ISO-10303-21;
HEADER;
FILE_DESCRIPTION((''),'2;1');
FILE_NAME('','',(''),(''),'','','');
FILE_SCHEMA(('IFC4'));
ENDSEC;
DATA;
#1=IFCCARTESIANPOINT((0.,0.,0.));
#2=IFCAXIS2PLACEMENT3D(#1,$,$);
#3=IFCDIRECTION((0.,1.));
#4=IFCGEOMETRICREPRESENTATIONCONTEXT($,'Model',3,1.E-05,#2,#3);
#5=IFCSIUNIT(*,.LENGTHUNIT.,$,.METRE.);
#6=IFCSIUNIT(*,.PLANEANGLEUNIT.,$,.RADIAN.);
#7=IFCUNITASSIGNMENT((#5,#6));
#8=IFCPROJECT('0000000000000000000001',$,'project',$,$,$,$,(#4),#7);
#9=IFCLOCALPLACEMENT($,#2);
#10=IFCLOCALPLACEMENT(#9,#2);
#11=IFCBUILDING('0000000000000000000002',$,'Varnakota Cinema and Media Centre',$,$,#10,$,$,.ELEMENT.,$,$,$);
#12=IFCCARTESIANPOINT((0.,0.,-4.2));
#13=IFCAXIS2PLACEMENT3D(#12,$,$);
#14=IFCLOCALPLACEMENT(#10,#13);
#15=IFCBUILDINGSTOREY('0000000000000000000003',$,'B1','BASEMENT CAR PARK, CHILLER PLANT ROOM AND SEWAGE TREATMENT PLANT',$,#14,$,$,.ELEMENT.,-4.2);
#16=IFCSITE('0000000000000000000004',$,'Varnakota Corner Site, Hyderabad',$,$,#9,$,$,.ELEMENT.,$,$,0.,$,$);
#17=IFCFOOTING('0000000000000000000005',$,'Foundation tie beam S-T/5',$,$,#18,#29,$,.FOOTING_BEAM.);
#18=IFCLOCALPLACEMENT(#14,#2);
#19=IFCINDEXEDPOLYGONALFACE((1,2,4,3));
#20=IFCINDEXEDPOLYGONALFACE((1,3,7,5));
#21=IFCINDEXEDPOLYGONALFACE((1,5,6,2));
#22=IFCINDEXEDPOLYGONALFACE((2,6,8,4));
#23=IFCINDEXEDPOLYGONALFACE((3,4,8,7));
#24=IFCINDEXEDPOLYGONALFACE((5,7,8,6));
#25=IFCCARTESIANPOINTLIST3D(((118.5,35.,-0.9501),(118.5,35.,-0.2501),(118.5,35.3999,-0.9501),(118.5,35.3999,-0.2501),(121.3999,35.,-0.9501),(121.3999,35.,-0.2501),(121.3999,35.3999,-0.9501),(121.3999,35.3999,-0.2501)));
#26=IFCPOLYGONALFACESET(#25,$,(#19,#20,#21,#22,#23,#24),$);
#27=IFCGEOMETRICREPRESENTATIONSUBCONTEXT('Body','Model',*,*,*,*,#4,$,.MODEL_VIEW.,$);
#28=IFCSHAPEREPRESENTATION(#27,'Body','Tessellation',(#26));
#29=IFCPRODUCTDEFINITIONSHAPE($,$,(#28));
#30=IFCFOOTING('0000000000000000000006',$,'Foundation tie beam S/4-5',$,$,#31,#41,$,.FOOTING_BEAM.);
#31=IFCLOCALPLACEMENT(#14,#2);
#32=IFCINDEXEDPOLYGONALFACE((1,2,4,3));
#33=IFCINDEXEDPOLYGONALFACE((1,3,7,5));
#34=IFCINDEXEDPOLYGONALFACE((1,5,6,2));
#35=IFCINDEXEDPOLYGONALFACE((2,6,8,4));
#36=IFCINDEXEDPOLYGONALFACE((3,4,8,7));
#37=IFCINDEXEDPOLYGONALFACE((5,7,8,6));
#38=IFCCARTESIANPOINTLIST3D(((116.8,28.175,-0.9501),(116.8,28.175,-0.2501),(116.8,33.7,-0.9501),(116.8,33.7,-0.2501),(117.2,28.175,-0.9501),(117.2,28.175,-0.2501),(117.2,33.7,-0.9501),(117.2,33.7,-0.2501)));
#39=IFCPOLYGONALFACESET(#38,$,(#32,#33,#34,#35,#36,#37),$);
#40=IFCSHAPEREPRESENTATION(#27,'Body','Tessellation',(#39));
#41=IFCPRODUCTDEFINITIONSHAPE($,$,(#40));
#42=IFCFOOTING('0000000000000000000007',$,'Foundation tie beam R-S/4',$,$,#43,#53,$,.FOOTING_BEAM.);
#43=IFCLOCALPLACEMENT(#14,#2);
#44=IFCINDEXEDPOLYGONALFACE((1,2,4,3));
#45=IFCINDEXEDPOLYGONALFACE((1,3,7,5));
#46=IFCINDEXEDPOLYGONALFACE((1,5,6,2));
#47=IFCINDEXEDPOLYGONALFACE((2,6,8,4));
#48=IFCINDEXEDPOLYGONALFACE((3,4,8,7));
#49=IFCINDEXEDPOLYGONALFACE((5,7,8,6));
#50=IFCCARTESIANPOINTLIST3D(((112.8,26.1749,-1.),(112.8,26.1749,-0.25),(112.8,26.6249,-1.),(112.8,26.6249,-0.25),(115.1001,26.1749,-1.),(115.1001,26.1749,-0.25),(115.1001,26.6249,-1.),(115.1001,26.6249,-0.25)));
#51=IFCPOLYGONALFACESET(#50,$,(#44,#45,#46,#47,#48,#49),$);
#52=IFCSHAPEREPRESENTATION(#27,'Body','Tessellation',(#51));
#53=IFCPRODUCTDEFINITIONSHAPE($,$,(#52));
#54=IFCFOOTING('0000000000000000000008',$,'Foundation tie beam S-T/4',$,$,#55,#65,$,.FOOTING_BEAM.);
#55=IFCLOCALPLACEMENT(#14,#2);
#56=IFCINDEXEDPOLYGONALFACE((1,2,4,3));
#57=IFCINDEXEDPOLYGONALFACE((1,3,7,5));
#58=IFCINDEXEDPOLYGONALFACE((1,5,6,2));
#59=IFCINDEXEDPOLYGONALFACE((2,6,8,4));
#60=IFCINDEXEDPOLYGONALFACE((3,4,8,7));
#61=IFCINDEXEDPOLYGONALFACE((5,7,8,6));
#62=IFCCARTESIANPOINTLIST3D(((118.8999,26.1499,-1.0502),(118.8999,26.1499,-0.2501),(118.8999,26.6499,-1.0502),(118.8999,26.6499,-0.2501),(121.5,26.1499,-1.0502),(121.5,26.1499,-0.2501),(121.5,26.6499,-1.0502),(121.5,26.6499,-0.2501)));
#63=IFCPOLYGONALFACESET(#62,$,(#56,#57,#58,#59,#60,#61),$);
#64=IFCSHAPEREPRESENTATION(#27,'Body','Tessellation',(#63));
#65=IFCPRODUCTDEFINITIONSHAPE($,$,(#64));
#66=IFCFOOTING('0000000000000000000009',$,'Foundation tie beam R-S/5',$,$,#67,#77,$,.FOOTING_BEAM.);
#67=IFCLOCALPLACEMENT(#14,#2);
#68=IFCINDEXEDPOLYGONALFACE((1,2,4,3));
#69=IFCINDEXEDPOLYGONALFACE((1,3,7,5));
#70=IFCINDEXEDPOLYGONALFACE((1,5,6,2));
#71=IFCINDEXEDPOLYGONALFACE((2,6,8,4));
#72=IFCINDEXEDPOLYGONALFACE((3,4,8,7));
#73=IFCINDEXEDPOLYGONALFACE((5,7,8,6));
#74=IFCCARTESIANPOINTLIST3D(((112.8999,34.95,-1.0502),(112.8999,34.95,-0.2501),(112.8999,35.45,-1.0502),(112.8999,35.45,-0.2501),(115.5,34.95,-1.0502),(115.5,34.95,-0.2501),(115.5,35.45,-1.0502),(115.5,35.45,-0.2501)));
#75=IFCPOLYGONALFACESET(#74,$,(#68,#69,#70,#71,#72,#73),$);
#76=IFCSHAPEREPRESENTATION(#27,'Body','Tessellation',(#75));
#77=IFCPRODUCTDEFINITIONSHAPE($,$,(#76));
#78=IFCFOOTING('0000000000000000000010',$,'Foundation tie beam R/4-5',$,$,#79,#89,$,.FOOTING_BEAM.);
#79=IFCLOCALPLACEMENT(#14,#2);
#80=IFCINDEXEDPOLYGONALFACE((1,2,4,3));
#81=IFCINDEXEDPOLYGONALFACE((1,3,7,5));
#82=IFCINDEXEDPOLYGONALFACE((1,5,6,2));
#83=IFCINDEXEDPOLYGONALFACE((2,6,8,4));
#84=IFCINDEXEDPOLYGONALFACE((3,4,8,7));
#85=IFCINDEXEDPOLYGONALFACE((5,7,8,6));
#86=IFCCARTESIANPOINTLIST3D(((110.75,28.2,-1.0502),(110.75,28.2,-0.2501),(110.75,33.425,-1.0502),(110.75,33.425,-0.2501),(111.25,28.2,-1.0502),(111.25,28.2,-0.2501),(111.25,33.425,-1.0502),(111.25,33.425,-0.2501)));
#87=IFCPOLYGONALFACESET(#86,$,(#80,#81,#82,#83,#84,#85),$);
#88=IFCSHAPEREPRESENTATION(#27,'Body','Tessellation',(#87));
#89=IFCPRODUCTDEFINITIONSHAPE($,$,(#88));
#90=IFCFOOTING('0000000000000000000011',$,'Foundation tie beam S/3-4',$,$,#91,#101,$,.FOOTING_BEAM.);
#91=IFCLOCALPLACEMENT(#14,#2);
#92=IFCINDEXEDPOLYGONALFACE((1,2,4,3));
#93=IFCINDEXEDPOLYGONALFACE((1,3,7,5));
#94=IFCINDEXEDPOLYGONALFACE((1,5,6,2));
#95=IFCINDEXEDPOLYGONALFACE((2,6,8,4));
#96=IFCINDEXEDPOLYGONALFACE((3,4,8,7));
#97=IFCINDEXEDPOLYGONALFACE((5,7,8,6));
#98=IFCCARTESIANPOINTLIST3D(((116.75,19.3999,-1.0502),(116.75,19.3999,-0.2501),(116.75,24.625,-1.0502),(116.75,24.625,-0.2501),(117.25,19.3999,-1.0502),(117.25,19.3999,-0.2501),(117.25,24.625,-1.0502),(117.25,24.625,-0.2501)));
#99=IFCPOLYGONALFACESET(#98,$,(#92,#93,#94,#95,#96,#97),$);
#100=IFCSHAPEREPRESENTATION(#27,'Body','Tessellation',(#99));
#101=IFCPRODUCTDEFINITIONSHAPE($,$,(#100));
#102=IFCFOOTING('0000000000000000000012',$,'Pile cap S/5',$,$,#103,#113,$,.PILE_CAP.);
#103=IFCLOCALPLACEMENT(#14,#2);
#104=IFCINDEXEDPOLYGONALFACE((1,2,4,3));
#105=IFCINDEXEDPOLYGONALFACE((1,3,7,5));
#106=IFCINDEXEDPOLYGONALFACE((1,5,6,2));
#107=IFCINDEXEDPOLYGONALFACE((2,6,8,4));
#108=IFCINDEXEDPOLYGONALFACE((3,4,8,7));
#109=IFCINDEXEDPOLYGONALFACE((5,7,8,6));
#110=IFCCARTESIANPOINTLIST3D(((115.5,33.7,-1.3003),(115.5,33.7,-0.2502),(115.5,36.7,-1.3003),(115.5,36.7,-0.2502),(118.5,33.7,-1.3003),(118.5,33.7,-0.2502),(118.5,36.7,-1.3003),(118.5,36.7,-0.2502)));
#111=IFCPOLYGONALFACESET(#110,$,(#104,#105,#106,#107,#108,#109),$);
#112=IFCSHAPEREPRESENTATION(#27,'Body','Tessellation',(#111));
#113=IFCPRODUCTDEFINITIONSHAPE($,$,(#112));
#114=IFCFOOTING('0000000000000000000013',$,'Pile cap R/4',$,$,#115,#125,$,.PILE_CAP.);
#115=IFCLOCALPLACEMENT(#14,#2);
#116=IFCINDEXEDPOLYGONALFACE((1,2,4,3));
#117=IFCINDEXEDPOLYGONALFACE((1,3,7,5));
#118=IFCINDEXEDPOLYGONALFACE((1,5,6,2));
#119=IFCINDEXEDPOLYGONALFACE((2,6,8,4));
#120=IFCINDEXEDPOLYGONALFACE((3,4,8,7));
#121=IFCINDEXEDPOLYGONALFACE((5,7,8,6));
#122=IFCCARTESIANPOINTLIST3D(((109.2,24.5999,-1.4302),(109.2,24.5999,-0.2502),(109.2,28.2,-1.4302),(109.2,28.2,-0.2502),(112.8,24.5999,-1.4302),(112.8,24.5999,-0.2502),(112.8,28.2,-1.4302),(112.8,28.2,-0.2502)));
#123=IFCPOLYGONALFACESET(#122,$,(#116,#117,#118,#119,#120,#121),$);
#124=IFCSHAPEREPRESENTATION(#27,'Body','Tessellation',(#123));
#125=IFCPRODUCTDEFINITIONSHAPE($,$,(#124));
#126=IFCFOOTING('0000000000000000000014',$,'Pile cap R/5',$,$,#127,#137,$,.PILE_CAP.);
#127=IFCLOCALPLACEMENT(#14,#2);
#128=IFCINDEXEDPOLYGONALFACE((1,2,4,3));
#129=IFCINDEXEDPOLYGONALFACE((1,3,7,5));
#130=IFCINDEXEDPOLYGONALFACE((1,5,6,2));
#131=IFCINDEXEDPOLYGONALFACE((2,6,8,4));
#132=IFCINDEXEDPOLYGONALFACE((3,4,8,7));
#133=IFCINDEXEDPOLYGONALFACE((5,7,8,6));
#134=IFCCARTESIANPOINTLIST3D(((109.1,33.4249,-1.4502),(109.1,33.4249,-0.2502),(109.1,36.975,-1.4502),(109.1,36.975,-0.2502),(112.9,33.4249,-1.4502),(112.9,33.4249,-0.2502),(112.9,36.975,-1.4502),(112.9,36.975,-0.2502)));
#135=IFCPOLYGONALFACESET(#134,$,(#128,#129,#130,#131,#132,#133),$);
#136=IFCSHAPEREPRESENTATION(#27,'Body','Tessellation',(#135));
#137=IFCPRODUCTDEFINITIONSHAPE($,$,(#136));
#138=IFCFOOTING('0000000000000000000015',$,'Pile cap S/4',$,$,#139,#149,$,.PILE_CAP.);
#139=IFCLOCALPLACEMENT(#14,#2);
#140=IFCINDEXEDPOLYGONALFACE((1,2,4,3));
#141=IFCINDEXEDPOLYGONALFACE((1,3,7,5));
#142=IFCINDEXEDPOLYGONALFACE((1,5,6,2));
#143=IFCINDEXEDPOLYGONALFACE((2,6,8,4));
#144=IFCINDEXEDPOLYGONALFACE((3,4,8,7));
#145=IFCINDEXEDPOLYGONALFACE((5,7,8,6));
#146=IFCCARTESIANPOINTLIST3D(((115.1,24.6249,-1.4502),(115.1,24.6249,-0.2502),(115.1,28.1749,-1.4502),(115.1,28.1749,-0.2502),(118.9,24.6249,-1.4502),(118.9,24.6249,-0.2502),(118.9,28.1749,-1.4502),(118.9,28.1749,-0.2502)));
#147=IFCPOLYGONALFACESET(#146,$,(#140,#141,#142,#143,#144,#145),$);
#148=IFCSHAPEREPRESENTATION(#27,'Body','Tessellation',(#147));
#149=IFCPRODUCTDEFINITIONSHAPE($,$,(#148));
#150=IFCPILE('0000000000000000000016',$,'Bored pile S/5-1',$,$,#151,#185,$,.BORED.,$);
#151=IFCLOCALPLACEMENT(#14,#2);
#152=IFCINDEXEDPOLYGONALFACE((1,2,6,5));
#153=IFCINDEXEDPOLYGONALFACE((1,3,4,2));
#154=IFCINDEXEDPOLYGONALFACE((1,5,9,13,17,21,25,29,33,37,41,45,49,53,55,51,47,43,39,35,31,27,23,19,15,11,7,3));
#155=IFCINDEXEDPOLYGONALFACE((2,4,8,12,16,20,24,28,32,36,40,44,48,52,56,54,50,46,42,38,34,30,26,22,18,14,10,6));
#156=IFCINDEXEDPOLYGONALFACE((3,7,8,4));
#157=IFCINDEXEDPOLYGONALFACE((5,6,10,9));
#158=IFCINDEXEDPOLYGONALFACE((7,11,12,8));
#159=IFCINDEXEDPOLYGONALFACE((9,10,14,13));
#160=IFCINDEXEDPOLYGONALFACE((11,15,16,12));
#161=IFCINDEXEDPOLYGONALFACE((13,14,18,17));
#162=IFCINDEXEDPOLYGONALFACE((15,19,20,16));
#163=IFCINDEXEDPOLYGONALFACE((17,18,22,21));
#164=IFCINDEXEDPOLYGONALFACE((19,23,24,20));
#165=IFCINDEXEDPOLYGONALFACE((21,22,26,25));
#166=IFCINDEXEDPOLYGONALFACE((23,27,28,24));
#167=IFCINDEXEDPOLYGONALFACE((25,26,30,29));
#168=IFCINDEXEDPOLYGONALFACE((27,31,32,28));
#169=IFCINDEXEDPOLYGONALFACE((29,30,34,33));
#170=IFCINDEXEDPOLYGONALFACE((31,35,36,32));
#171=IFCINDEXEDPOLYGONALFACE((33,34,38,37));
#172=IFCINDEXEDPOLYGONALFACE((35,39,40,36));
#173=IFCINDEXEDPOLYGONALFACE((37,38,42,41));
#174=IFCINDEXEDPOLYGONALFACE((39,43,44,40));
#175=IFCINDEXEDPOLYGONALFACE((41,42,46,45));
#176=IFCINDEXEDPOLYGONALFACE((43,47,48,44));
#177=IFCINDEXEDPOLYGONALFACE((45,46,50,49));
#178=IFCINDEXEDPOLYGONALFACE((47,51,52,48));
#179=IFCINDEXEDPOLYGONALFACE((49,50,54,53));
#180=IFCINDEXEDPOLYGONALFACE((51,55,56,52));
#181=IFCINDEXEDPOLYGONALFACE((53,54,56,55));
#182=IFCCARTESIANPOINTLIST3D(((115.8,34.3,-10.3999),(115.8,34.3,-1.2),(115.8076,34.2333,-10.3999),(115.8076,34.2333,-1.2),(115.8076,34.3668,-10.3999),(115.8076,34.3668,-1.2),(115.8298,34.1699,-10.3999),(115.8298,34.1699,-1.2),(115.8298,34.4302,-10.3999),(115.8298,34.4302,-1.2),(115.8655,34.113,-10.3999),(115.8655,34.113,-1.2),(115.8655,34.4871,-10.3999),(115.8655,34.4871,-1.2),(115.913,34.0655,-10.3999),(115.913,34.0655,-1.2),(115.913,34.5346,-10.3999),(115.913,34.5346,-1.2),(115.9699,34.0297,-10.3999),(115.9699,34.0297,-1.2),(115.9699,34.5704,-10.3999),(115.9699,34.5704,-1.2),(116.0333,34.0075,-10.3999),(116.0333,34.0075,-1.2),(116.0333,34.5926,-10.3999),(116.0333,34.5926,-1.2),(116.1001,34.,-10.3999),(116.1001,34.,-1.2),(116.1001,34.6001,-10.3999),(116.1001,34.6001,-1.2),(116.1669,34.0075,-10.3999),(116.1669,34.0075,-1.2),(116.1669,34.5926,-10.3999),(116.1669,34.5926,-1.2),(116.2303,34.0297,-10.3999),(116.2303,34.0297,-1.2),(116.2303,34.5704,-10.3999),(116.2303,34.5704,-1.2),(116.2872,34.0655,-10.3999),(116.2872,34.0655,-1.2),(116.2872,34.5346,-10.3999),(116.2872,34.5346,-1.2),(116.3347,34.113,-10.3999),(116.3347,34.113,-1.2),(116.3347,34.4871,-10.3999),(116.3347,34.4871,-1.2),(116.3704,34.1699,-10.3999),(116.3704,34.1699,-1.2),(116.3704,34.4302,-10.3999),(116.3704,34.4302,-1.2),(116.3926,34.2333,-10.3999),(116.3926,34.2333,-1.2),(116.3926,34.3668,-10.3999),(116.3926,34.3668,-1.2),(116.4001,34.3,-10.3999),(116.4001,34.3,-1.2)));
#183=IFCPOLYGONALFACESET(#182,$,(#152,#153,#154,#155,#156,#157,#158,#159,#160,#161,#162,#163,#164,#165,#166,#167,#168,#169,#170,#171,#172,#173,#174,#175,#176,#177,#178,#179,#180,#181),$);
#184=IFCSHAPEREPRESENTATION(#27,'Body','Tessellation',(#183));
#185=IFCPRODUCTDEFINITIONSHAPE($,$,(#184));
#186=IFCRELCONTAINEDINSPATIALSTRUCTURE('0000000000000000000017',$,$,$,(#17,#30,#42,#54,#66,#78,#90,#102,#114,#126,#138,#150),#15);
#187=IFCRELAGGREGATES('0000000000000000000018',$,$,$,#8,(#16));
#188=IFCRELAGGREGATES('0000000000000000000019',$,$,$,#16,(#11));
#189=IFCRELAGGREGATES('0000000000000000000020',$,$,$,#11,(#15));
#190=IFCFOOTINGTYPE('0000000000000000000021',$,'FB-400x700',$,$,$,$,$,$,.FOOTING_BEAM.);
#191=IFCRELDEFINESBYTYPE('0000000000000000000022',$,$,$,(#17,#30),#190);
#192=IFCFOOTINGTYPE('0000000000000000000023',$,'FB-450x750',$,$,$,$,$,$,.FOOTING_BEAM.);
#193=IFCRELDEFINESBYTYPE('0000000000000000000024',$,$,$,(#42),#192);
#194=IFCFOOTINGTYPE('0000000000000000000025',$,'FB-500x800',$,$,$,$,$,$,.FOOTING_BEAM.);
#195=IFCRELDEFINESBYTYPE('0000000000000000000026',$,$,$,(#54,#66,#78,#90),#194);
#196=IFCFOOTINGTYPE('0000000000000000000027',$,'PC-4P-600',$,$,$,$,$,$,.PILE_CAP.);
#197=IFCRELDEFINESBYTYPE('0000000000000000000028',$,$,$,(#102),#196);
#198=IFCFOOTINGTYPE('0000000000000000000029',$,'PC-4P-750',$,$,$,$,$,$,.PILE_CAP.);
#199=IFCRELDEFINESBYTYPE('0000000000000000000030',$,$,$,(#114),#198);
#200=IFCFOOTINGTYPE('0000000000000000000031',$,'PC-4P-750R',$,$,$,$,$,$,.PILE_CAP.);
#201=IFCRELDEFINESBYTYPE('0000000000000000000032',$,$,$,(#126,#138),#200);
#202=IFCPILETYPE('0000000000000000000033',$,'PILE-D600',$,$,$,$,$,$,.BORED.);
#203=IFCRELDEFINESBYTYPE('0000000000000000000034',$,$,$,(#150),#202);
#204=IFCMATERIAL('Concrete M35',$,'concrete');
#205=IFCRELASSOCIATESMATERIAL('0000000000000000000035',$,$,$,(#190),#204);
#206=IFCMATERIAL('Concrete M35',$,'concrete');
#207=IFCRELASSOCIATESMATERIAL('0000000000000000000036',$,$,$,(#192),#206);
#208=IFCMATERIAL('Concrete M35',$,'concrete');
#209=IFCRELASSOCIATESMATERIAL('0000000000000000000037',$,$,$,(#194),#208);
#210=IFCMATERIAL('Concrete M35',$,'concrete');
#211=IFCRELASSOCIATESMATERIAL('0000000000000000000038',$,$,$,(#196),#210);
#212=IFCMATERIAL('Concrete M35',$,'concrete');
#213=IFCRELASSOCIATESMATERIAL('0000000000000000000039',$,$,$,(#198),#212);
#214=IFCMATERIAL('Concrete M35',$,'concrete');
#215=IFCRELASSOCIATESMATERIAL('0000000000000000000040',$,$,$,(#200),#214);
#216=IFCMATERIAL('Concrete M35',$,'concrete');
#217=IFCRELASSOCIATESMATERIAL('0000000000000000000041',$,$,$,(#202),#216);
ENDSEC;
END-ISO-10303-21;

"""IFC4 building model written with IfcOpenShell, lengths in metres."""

from ifc_helpers import new_model, si_unit, direction, frame, origin, origin_2d, place, context, subcontext, project, spatial, rectangle, circle, extrude, material, material_profile, profile_set, type_object, element, save


model = new_model("IFC4")

# Units and contexts
model_context = context("Model", 3, precision=1e-05, world=origin(), true_north=direction((0.0, 1.0)))
body_context = subcontext(model_context, "Body", "Model", "MODEL_VIEW")
ifc_project = project(units=[si_unit("LENGTHUNIT", "METRE"), si_unit("PLANEANGLEUNIT", "RADIAN")], contexts=[model_context])

# Site, building, storey
site_placement = place(None, origin())
site = spatial("IfcSite", under=ifc_project, at=site_placement, Name="Varnakota Corner Site, Hyderabad", CompositionType="ELEMENT", RefElevation=0.0)
building_placement = place(site_placement, origin())
building = spatial("IfcBuilding", under=site, at=building_placement, Name="Varnakota Cinema and Media Centre", CompositionType="ELEMENT")
storey_placement = place(building_placement, frame((0.0, 0.0, -4.2)))
storey = spatial("IfcBuildingStorey", under=building, at=storey_placement, Name="B1", Description="BASEMENT CAR PARK, CHILLER PLANT ROOM AND SEWAGE TREATMENT PLANT", CompositionType="ELEMENT", Elevation=-4.2)

# Footings
ifc_material_1 = material(Name="Concrete M35", Category="concrete")
ifc_material_profile_1 = material_profile(ifc_material_1, rectangle(XDim=0.3999, YDim=0.7, at=origin_2d()), Name="FB 400x700")
ifc_profile_set_1 = profile_set([ifc_material_profile_1], Name="Concrete M35")
footing_type_1 = type_object("IfcFootingType", Name="FB-400x700", PredefinedType="FOOTING_BEAM", material=ifc_profile_set_1)
footing_1_placement = place(storey_placement, frame((118.5, 35.2, -0.6001), z_axis=(1.0, 0.0, 0.0), x_axis=(0.0, 1.0, 0.0)))
element("IfcFooting", 1, at=footing_1_placement, inside=storey, type_object=footing_type_1, Name="Foundation tie beam S-T/5", PredefinedType="FOOTING_BEAM", context=body_context, shape_type="SweptSolid", body=[
    extrude(rectangle(XDim=0.3999, YDim=0.7, at=origin_2d()), origin(), (0.0, 0.0, 1.0), 2.8999),
])
footing_2_placement = place(storey_placement, frame((117.0, 28.175, -0.6001), z_axis=(0.0, 1.0, 0.0), x_axis=(-1.0, 0.0, 0.0)))
element("IfcFooting", 2, at=footing_2_placement, inside=storey, type_object=footing_type_1, Name="Foundation tie beam S/4-5", PredefinedType="FOOTING_BEAM", context=body_context, shape_type="SweptSolid", body=[
    extrude(rectangle(XDim=0.3999, YDim=0.7, at=origin_2d()), origin(), (0.0, 0.0, 1.0), 5.5249),
])
ifc_material_2 = material(Name="Concrete M35", Category="concrete")
ifc_material_profile_2 = material_profile(ifc_material_2, rectangle(XDim=0.45, YDim=0.75, at=origin_2d()), Name="FB 450x750")
ifc_profile_set_2 = profile_set([ifc_material_profile_2], Name="Concrete M35")
footing_type_2 = type_object("IfcFootingType", Name="FB-450x750", PredefinedType="FOOTING_BEAM", material=ifc_profile_set_2)
footing_3_placement = place(storey_placement, frame((112.8, 26.3999, -0.625), z_axis=(1.0, 0.0, 0.0), x_axis=(0.0, 1.0, 0.0)))
element("IfcFooting", 3, at=footing_3_placement, inside=storey, type_object=footing_type_2, Name="Foundation tie beam R-S/4", PredefinedType="FOOTING_BEAM", context=body_context, shape_type="SweptSolid", body=[
    extrude(rectangle(XDim=0.45, YDim=0.75, at=origin_2d()), origin(), (0.0, 0.0, 1.0), 2.3),
])
ifc_material_3 = material(Name="Concrete M35", Category="concrete")
ifc_material_profile_3 = material_profile(ifc_material_3, rectangle(XDim=0.5, YDim=0.8, at=origin_2d()), Name="FB 500x800")
ifc_profile_set_3 = profile_set([ifc_material_profile_3], Name="Concrete M35")
footing_type_3 = type_object("IfcFootingType", Name="FB-500x800", PredefinedType="FOOTING_BEAM", material=ifc_profile_set_3)
for number, where, z_axis, x_axis, name in (
    (4, (118.8999, 26.3999, -0.6501), (1.0, 0.0, 0.0), (0.0, 1.0, 0.0), "Foundation tie beam S-T/4"),
    (5, (112.8999, 35.2, -0.6501), (1.0, 0.0, 0.0), (0.0, 1.0, 0.0), "Foundation tie beam R-S/5"),
):
    element("IfcFooting", number, at=place(storey_placement, frame(where, z_axis=z_axis, x_axis=x_axis)), inside=storey, type_object=footing_type_3, Name=name, PredefinedType="FOOTING_BEAM", context=body_context, shape_type="SweptSolid", body=[
        extrude(rectangle(XDim=0.5, YDim=0.8, at=origin_2d()), origin(), (0.0, 0.0, 1.0), 2.6001),
    ])
for number, where, z_axis, x_axis, name in (
    (6, (111.0, 28.2, -0.6501), (0.0, 1.0, 0.0), (-1.0, 0.0, 0.0), "Foundation tie beam R/4-5"),
    (7, (117.0, 19.3999, -0.6501), (0.0, 1.0, 0.0), (-1.0, 0.0, 0.0), "Foundation tie beam S/3-4"),
):
    element("IfcFooting", number, at=place(storey_placement, frame(where, z_axis=z_axis, x_axis=x_axis)), inside=storey, type_object=footing_type_3, Name=name, PredefinedType="FOOTING_BEAM", context=body_context, shape_type="SweptSolid", body=[
        extrude(rectangle(XDim=0.5, YDim=0.8, at=origin_2d()), origin(), (0.0, 0.0, 1.0), 5.2251),
    ])
ifc_material_4 = material(Name="Concrete M35", Category="concrete")
footing_type_4 = type_object("IfcFootingType", Name="PC-4P-600", PredefinedType="PILE_CAP", material=ifc_material_4)
footing_4_placement = place(storey_placement, frame((117.0, 35.2, -1.3003), z_axis=(0.0, 0.0, 1.0), x_axis=(1.0, 0.0, 0.0)))
element("IfcFooting", 8, at=footing_4_placement, inside=storey, type_object=footing_type_4, Name="Pile cap S/5", PredefinedType="PILE_CAP", context=body_context, shape_type="SweptSolid", body=[
    extrude(rectangle(XDim=3.0, YDim=3.0, at=origin_2d()), origin(), (0.0, 0.0, 1.0), 1.05),
])
ifc_material_5 = material(Name="Concrete M35", Category="concrete")
footing_type_5 = type_object("IfcFootingType", Name="PC-4P-750", PredefinedType="PILE_CAP", material=ifc_material_5)
footing_5_placement = place(storey_placement, frame((111.0, 26.3999, -1.4302), z_axis=(0.0, 0.0, 1.0), x_axis=(1.0, 0.0, 0.0)))
element("IfcFooting", 9, at=footing_5_placement, inside=storey, type_object=footing_type_5, Name="Pile cap R/4", PredefinedType="PILE_CAP", context=body_context, shape_type="SweptSolid", body=[
    extrude(rectangle(XDim=3.6001, YDim=3.6001, at=origin_2d()), origin(), (0.0, 0.0, 1.0), 1.1799),
])
ifc_material_6 = material(Name="Concrete M35", Category="concrete")
footing_type_6 = type_object("IfcFootingType", Name="PC-4P-750R", PredefinedType="PILE_CAP", material=ifc_material_6)
for number, where, z_axis, x_axis, name in (
    (10, (111.0, 35.2, -1.4502), (0.0, 0.0, 1.0), (1.0, 0.0, 0.0), "Pile cap R/5"),
    (11, (117.0, 26.3999, -1.4502), (0.0, 0.0, 1.0), (1.0, 0.0, 0.0), "Pile cap S/4"),
):
    element("IfcFooting", number, at=place(storey_placement, frame(where, z_axis=z_axis, x_axis=x_axis)), inside=storey, type_object=footing_type_6, Name=name, PredefinedType="PILE_CAP", context=body_context, shape_type="SweptSolid", body=[
        extrude(rectangle(XDim=3.8, YDim=3.55, at=origin_2d()), origin(), (0.0, 0.0, 1.0), 1.2),
    ])

# Pile
ifc_material_7 = material(Name="Concrete M35", Category="concrete")
ifc_material_profile_4 = material_profile(ifc_material_7, circle(Radius=0.3, at=origin_2d()), Name="PILE D600")
ifc_profile_set_4 = profile_set([ifc_material_profile_4], Name="Concrete M35")
pile_type_1 = type_object("IfcPileType", Name="PILE-D600", PredefinedType="BORED", material=ifc_profile_set_4)
for number, where, z_axis, x_axis, name in (
    (12, (116.1001, 34.3, -1.2), (0.0, 0.0, -1.0), (1.0, 0.0, 0.0), "Bored pile S/5-1"),
):
    element("IfcPile", number, at=place(storey_placement, frame(where, z_axis=z_axis, x_axis=x_axis)), inside=storey, type_object=pile_type_1, Name=name, PredefinedType="BORED", context=body_context, shape_type="SweptSolid", body=[
        extrude(circle(Radius=0.3, at=origin_2d()), origin(), (0.0, 0.0, 1.0), 9.2),
    ])

save(model, "model.ifc")
